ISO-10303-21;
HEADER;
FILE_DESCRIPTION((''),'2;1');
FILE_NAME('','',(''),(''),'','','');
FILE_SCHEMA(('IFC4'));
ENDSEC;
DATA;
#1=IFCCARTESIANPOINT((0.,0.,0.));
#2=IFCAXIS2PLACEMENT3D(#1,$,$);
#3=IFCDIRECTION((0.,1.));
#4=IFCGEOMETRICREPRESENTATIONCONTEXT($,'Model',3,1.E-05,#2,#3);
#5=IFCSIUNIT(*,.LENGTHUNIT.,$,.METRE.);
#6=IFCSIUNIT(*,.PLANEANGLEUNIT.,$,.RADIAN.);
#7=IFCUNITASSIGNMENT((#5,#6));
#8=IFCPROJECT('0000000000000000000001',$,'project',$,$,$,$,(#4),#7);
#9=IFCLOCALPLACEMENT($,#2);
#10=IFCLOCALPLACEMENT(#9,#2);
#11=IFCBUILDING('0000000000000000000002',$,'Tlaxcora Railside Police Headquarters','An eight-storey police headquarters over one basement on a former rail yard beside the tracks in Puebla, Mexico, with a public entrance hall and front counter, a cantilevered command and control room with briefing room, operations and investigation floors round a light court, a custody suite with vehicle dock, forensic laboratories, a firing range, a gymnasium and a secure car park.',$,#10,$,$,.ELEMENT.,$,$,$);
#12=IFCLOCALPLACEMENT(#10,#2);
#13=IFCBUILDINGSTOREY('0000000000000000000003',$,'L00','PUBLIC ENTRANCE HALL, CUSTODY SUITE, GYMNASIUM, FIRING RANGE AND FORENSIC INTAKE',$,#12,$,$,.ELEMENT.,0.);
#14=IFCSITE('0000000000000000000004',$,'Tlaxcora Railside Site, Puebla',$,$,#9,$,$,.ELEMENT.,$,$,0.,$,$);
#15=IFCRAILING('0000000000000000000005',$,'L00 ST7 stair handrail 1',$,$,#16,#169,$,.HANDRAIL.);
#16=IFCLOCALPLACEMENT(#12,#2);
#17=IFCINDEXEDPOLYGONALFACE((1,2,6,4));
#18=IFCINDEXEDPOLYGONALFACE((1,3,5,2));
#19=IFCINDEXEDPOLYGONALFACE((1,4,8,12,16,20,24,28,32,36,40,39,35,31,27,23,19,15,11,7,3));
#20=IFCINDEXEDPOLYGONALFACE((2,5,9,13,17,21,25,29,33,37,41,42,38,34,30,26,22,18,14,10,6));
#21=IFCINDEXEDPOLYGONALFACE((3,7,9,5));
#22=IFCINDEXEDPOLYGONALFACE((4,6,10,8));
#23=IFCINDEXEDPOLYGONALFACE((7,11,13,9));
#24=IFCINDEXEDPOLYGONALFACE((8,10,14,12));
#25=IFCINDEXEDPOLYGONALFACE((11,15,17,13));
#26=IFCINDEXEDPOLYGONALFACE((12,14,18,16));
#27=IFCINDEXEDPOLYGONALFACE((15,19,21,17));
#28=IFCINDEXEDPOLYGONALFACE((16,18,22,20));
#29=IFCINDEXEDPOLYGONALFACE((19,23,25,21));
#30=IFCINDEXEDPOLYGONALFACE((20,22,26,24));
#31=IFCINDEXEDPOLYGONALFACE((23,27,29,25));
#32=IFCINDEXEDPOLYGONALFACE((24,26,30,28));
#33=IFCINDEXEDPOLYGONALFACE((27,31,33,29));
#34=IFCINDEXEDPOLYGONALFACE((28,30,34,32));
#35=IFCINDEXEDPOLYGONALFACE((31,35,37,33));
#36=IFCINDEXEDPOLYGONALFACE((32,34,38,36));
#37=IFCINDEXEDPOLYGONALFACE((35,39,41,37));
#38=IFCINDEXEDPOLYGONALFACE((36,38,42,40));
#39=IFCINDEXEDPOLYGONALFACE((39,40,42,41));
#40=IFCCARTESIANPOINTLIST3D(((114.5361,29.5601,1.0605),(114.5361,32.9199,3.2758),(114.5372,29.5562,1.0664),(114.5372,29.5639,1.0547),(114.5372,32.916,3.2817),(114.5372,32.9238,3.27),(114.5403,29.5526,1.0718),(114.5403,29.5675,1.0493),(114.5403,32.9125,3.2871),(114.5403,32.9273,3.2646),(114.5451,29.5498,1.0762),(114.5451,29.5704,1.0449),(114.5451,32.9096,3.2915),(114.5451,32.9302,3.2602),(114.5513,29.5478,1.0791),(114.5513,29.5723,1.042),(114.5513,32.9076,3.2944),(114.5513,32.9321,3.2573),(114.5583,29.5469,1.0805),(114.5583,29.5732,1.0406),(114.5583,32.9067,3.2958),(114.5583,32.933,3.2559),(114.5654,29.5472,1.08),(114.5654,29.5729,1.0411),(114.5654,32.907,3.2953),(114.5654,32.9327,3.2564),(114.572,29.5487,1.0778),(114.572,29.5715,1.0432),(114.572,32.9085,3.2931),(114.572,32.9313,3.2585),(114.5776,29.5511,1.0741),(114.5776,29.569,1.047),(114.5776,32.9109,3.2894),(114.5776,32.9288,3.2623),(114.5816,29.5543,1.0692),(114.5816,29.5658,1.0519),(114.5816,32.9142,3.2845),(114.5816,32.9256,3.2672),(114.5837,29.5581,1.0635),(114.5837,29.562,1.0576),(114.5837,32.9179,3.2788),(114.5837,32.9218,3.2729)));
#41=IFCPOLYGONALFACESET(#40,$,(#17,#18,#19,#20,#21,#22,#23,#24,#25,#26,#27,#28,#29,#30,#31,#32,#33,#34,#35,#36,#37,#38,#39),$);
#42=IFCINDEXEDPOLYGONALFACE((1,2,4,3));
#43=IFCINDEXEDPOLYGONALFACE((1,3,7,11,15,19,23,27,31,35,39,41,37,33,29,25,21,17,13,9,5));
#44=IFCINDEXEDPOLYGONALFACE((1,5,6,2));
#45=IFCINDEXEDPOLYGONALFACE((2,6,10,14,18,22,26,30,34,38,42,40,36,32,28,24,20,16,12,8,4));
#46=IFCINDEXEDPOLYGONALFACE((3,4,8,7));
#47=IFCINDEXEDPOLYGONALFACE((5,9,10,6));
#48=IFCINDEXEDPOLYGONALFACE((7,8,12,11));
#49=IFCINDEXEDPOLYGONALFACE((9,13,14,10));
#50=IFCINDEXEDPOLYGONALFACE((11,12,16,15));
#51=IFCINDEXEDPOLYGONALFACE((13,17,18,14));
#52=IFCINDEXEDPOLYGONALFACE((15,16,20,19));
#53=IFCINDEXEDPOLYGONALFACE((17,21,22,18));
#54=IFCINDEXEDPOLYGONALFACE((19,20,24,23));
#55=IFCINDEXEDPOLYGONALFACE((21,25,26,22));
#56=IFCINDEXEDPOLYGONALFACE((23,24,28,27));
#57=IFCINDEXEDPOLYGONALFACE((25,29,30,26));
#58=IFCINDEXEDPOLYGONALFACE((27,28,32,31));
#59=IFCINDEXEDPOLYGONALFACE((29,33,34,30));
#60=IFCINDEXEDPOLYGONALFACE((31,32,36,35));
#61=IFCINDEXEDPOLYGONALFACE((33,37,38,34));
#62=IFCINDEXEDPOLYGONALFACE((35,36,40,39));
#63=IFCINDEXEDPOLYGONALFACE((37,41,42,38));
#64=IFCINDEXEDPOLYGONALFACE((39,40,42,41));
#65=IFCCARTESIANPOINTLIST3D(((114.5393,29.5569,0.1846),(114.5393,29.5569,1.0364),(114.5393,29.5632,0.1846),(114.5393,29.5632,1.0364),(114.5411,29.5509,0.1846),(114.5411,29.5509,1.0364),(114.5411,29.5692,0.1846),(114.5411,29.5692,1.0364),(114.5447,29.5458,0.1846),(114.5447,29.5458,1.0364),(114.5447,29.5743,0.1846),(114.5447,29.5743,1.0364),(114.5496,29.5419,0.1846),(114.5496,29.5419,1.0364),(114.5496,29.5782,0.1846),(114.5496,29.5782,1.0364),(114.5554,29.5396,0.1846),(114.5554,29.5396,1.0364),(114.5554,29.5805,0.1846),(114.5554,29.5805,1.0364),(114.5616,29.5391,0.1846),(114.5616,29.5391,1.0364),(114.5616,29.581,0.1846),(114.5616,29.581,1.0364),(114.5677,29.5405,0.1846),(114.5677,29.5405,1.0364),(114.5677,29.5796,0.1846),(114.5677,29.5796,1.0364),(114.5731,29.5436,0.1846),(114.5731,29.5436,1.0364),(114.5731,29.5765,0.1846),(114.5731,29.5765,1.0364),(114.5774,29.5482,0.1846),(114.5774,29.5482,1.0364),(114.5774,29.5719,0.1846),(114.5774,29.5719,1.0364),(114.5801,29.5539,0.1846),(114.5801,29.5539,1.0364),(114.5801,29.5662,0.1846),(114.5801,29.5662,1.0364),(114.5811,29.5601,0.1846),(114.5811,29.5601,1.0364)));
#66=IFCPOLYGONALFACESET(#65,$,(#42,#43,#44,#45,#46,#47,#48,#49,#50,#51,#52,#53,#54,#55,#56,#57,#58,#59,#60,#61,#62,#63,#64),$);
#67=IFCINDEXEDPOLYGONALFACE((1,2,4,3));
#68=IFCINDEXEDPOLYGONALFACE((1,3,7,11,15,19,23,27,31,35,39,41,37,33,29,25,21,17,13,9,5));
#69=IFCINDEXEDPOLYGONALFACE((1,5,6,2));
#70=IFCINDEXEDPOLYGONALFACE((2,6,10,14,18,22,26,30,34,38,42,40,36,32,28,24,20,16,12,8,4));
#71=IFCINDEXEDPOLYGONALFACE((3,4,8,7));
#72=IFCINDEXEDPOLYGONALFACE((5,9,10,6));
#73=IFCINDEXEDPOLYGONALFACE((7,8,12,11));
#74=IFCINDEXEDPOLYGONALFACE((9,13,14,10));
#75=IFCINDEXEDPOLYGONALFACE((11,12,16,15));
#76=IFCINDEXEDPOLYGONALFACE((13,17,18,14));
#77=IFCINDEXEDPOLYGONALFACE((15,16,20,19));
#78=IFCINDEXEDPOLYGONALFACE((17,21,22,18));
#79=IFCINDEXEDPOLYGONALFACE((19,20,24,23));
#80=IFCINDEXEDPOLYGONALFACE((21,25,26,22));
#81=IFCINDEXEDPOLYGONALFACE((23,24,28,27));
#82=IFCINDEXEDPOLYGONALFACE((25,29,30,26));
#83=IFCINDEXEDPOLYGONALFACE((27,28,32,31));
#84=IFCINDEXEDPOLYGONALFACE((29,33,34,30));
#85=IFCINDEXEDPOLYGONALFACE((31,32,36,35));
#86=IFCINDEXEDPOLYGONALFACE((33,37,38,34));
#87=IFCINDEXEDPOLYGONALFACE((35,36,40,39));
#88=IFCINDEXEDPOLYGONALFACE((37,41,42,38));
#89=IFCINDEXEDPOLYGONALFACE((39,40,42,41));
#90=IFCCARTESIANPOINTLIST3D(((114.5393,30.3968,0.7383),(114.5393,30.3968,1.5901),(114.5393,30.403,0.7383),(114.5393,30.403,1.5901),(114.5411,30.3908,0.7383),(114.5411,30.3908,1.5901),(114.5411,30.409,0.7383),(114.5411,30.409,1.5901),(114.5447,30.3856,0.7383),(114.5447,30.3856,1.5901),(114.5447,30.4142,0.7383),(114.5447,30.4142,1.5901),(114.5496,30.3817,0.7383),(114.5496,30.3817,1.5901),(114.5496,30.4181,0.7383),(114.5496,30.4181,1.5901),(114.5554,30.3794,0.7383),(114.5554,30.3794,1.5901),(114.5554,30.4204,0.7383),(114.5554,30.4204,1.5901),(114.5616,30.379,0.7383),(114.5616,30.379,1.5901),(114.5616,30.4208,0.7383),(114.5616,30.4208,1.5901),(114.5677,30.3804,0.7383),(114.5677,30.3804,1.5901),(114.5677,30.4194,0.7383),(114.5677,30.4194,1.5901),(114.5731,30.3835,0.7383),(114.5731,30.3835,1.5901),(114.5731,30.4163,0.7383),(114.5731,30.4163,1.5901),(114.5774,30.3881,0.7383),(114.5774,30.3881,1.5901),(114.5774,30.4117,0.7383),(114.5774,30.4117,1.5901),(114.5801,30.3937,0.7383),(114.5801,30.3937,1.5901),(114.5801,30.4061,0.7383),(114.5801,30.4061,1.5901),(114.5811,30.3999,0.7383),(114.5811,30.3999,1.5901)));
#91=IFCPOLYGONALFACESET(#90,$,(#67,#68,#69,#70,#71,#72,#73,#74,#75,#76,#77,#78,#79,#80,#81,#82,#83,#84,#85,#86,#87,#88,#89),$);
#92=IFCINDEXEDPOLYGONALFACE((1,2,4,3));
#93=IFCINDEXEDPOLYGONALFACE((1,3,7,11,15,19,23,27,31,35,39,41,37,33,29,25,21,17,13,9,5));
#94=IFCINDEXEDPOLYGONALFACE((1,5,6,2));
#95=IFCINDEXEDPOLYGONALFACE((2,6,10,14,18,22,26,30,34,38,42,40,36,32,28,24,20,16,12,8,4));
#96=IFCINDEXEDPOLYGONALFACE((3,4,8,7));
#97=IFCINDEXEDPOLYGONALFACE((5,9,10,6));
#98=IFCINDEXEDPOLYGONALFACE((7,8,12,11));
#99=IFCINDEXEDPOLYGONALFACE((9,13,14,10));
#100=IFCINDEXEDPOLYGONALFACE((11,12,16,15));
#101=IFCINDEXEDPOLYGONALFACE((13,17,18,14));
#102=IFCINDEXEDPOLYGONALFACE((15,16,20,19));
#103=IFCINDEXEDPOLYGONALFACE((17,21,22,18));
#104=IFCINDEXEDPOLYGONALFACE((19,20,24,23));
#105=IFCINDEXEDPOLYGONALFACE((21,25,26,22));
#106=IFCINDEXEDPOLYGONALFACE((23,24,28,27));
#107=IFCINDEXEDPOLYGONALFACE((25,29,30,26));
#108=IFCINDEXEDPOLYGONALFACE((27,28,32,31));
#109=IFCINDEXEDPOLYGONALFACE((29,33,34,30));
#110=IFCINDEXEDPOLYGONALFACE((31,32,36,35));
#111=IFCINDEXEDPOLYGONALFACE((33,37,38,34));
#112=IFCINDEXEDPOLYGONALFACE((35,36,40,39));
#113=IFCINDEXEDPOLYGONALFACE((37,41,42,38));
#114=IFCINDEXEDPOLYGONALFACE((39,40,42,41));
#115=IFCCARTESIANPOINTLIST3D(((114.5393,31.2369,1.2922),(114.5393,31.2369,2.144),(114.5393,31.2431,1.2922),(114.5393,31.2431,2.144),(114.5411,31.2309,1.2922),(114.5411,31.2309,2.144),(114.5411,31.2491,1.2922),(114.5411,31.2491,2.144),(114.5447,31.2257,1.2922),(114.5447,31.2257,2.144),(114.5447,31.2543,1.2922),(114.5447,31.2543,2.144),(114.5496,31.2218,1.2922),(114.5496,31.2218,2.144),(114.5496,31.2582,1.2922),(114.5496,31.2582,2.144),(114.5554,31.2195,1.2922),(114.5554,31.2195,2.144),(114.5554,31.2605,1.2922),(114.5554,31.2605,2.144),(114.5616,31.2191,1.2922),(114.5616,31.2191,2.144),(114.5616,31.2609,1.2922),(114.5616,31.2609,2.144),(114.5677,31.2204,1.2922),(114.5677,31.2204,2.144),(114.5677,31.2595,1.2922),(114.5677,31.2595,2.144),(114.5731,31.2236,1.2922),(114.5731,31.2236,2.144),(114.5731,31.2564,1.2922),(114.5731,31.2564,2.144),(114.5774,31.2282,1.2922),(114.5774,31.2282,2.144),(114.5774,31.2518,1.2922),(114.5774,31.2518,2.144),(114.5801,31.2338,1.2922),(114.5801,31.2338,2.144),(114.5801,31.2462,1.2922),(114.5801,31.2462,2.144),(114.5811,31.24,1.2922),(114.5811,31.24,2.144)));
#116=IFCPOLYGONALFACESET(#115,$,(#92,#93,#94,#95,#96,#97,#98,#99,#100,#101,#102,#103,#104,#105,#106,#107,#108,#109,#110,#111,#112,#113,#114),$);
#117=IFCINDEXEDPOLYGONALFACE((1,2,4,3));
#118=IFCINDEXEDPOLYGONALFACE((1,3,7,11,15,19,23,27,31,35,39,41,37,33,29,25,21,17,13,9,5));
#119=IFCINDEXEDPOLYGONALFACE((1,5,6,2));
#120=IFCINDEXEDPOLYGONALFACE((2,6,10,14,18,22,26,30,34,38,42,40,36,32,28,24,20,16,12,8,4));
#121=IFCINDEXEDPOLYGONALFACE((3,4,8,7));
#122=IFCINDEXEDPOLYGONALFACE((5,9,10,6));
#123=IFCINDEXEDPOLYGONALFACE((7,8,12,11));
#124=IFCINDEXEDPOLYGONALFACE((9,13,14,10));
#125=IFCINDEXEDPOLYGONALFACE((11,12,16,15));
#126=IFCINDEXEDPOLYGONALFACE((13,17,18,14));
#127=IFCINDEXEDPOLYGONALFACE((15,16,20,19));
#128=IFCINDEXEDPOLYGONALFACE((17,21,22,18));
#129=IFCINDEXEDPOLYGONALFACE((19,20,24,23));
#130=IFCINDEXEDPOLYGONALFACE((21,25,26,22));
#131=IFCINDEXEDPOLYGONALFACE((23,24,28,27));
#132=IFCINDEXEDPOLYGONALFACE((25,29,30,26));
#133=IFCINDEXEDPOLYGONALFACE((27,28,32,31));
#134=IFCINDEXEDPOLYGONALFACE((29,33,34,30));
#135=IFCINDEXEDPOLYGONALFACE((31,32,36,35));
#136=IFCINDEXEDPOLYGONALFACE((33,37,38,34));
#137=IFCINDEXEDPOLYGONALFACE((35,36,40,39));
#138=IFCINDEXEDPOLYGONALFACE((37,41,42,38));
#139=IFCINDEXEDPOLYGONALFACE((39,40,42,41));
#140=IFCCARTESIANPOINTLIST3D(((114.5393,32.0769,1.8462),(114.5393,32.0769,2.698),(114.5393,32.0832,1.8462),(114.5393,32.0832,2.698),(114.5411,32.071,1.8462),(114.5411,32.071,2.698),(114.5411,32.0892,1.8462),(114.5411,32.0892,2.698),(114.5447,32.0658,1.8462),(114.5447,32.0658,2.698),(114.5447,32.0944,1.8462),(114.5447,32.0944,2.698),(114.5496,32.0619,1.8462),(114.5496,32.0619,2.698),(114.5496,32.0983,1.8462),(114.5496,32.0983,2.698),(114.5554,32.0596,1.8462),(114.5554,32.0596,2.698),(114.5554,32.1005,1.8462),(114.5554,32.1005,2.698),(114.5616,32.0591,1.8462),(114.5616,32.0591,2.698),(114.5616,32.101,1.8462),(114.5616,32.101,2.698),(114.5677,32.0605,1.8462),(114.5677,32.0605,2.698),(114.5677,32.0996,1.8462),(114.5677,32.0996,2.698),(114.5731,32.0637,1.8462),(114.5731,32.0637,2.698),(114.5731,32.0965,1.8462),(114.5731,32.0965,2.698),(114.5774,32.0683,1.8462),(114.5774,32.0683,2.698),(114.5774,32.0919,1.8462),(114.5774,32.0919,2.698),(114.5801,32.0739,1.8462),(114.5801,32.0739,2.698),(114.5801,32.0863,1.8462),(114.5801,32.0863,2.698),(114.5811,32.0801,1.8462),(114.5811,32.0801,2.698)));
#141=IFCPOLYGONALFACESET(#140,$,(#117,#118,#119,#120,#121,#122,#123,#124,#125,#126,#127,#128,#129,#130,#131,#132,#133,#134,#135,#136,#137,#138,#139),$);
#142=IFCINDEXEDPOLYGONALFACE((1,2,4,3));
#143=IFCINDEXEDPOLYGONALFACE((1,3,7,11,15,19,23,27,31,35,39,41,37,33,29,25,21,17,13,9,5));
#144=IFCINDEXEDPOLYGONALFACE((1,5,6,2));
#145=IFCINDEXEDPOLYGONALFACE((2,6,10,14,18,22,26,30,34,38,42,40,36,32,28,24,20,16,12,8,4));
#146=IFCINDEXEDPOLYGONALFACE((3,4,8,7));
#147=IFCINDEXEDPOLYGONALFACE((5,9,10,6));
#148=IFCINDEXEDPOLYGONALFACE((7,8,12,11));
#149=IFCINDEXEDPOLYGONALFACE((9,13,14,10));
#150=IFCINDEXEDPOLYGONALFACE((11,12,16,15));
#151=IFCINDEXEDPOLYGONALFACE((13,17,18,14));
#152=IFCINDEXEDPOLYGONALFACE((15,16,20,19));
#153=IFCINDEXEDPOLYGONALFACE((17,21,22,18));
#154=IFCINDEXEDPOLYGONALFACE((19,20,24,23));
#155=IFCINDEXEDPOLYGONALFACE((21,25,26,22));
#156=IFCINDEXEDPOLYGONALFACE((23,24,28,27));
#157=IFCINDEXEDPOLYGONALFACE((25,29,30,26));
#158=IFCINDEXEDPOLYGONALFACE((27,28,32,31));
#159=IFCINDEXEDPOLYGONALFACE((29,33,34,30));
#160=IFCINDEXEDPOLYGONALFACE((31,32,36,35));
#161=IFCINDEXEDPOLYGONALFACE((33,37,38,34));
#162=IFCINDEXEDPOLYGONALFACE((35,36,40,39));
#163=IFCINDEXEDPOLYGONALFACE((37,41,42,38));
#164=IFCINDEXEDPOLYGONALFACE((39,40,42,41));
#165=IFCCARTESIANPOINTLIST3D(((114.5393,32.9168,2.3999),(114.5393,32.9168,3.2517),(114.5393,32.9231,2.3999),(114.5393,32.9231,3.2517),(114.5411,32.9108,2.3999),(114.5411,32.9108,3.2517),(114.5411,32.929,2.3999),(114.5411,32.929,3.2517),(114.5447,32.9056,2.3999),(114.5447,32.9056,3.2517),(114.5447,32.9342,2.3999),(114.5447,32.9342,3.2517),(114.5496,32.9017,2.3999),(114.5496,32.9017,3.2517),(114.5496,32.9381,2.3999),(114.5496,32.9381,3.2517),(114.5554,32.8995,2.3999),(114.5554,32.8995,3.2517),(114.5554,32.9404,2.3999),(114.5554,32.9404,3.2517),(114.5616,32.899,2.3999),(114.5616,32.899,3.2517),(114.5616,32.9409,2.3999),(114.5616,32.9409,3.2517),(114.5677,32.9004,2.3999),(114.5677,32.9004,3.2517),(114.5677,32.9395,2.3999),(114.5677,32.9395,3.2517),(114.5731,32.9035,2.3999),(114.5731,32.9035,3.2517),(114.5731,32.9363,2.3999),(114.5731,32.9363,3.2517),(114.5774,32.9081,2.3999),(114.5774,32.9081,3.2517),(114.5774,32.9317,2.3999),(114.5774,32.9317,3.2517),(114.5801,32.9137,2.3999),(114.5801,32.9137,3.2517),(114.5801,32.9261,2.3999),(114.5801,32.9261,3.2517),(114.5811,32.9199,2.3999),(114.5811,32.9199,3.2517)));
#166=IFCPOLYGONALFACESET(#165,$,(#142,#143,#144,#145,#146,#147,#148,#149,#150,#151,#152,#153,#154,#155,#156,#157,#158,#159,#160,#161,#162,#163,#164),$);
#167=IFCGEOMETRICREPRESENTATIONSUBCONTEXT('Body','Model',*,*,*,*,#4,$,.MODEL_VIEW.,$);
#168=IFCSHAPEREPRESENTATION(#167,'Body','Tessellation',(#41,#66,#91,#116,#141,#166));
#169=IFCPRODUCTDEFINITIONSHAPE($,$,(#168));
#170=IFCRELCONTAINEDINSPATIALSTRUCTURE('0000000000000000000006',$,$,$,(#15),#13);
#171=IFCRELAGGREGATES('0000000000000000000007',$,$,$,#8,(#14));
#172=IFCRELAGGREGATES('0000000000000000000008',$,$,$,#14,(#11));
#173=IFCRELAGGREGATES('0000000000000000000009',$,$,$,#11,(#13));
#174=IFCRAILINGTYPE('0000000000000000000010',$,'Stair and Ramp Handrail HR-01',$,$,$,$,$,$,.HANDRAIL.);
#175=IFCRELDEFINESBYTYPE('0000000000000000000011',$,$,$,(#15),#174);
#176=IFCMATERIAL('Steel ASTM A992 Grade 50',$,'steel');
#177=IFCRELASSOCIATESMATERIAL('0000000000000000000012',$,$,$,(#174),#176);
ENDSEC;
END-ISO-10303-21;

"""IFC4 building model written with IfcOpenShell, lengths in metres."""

from ifc_helpers import new_model, si_unit, direction, frame, origin, origin_2d, place, context, subcontext, project, spatial, circle, extrude, material, type_object, element, save


model = new_model("IFC4")

# Units and contexts
model_context = context("Model", 3, precision=1e-05, world=origin(), true_north=direction((0.0, 1.0)))
body_context = subcontext(model_context, "Body", "Model", "MODEL_VIEW")
ifc_project = project(units=[si_unit("LENGTHUNIT", "METRE"), si_unit("PLANEANGLEUNIT", "RADIAN")], contexts=[model_context])

# Site, building, storey
site_placement = place(None, origin())
site = spatial("IfcSite", under=ifc_project, at=site_placement, Name="Tlaxcora Railside Site, Puebla", CompositionType="ELEMENT", RefElevation=0.0)
building_placement = place(site_placement, origin())
building = spatial("IfcBuilding", under=site, at=building_placement, Name="Tlaxcora Railside Police Headquarters", Description="An eight-storey police headquarters over one basement on a former rail yard beside the tracks in Puebla, Mexico, with a public entrance hall and front counter, a cantilevered command and control room with briefing room, operations and investigation floors round a light court, a custody suite with vehicle dock, forensic laboratories, a firing range, a gymnasium and a secure car park.", CompositionType="ELEMENT")
storey_placement = place(building_placement, origin())
storey = spatial("IfcBuildingStorey", under=building, at=storey_placement, Name="L00", Description="PUBLIC ENTRANCE HALL, CUSTODY SUITE, GYMNASIUM, FIRING RANGE AND FORENSIC INTAKE", CompositionType="ELEMENT", Elevation=0.0)

# Shared definitions
ifc_material_1 = material(Name="Steel ASTM A992 Grade 50", Category="steel")

# Railing
railing_type_1 = type_object("IfcRailingType", Name="Stair and Ramp Handrail HR-01", PredefinedType="HANDRAIL", material=ifc_material_1)
railing_1_placement = place(storey_placement, frame((114.5601, 29.5601, 0.1846)))
element("IfcRailing", 1, at=railing_1_placement, inside=storey, type_object=railing_type_1, Name="L00 ST7 stair handrail 1", PredefinedType="HANDRAIL", context=body_context, shape_type="SweptSolid", body=[
    extrude(circle(Radius=0.0239, at=origin_2d()), frame((0.0, 0.0, 0.876), z_axis=(0.0, 0.834858, 0.550465), x_axis=(-1.0, 0.0, 0.0)), (0.0, 0.0, 1.0), 4.0244),
    extrude(circle(Radius=0.021, at=origin_2d()), origin(), (0.0, 0.0, 1.0), 0.8518),
    extrude(circle(Radius=0.021, at=origin_2d()), frame((0.0, 0.8398, 0.5537)), (0.0, 0.0, 1.0), 0.8518),
    extrude(circle(Radius=0.021, at=origin_2d()), frame((0.0, 1.6799, 1.1077)), (0.0, 0.0, 1.0), 0.8518),
    extrude(circle(Radius=0.021, at=origin_2d()), frame((0.0, 2.52, 1.6616)), (0.0, 0.0, 1.0), 0.8518),
    extrude(circle(Radius=0.021, at=origin_2d()), frame((0.0, 3.3599, 2.2153)), (0.0, 0.0, 1.0), 0.8518),
])

save(model, "model.ifc")
